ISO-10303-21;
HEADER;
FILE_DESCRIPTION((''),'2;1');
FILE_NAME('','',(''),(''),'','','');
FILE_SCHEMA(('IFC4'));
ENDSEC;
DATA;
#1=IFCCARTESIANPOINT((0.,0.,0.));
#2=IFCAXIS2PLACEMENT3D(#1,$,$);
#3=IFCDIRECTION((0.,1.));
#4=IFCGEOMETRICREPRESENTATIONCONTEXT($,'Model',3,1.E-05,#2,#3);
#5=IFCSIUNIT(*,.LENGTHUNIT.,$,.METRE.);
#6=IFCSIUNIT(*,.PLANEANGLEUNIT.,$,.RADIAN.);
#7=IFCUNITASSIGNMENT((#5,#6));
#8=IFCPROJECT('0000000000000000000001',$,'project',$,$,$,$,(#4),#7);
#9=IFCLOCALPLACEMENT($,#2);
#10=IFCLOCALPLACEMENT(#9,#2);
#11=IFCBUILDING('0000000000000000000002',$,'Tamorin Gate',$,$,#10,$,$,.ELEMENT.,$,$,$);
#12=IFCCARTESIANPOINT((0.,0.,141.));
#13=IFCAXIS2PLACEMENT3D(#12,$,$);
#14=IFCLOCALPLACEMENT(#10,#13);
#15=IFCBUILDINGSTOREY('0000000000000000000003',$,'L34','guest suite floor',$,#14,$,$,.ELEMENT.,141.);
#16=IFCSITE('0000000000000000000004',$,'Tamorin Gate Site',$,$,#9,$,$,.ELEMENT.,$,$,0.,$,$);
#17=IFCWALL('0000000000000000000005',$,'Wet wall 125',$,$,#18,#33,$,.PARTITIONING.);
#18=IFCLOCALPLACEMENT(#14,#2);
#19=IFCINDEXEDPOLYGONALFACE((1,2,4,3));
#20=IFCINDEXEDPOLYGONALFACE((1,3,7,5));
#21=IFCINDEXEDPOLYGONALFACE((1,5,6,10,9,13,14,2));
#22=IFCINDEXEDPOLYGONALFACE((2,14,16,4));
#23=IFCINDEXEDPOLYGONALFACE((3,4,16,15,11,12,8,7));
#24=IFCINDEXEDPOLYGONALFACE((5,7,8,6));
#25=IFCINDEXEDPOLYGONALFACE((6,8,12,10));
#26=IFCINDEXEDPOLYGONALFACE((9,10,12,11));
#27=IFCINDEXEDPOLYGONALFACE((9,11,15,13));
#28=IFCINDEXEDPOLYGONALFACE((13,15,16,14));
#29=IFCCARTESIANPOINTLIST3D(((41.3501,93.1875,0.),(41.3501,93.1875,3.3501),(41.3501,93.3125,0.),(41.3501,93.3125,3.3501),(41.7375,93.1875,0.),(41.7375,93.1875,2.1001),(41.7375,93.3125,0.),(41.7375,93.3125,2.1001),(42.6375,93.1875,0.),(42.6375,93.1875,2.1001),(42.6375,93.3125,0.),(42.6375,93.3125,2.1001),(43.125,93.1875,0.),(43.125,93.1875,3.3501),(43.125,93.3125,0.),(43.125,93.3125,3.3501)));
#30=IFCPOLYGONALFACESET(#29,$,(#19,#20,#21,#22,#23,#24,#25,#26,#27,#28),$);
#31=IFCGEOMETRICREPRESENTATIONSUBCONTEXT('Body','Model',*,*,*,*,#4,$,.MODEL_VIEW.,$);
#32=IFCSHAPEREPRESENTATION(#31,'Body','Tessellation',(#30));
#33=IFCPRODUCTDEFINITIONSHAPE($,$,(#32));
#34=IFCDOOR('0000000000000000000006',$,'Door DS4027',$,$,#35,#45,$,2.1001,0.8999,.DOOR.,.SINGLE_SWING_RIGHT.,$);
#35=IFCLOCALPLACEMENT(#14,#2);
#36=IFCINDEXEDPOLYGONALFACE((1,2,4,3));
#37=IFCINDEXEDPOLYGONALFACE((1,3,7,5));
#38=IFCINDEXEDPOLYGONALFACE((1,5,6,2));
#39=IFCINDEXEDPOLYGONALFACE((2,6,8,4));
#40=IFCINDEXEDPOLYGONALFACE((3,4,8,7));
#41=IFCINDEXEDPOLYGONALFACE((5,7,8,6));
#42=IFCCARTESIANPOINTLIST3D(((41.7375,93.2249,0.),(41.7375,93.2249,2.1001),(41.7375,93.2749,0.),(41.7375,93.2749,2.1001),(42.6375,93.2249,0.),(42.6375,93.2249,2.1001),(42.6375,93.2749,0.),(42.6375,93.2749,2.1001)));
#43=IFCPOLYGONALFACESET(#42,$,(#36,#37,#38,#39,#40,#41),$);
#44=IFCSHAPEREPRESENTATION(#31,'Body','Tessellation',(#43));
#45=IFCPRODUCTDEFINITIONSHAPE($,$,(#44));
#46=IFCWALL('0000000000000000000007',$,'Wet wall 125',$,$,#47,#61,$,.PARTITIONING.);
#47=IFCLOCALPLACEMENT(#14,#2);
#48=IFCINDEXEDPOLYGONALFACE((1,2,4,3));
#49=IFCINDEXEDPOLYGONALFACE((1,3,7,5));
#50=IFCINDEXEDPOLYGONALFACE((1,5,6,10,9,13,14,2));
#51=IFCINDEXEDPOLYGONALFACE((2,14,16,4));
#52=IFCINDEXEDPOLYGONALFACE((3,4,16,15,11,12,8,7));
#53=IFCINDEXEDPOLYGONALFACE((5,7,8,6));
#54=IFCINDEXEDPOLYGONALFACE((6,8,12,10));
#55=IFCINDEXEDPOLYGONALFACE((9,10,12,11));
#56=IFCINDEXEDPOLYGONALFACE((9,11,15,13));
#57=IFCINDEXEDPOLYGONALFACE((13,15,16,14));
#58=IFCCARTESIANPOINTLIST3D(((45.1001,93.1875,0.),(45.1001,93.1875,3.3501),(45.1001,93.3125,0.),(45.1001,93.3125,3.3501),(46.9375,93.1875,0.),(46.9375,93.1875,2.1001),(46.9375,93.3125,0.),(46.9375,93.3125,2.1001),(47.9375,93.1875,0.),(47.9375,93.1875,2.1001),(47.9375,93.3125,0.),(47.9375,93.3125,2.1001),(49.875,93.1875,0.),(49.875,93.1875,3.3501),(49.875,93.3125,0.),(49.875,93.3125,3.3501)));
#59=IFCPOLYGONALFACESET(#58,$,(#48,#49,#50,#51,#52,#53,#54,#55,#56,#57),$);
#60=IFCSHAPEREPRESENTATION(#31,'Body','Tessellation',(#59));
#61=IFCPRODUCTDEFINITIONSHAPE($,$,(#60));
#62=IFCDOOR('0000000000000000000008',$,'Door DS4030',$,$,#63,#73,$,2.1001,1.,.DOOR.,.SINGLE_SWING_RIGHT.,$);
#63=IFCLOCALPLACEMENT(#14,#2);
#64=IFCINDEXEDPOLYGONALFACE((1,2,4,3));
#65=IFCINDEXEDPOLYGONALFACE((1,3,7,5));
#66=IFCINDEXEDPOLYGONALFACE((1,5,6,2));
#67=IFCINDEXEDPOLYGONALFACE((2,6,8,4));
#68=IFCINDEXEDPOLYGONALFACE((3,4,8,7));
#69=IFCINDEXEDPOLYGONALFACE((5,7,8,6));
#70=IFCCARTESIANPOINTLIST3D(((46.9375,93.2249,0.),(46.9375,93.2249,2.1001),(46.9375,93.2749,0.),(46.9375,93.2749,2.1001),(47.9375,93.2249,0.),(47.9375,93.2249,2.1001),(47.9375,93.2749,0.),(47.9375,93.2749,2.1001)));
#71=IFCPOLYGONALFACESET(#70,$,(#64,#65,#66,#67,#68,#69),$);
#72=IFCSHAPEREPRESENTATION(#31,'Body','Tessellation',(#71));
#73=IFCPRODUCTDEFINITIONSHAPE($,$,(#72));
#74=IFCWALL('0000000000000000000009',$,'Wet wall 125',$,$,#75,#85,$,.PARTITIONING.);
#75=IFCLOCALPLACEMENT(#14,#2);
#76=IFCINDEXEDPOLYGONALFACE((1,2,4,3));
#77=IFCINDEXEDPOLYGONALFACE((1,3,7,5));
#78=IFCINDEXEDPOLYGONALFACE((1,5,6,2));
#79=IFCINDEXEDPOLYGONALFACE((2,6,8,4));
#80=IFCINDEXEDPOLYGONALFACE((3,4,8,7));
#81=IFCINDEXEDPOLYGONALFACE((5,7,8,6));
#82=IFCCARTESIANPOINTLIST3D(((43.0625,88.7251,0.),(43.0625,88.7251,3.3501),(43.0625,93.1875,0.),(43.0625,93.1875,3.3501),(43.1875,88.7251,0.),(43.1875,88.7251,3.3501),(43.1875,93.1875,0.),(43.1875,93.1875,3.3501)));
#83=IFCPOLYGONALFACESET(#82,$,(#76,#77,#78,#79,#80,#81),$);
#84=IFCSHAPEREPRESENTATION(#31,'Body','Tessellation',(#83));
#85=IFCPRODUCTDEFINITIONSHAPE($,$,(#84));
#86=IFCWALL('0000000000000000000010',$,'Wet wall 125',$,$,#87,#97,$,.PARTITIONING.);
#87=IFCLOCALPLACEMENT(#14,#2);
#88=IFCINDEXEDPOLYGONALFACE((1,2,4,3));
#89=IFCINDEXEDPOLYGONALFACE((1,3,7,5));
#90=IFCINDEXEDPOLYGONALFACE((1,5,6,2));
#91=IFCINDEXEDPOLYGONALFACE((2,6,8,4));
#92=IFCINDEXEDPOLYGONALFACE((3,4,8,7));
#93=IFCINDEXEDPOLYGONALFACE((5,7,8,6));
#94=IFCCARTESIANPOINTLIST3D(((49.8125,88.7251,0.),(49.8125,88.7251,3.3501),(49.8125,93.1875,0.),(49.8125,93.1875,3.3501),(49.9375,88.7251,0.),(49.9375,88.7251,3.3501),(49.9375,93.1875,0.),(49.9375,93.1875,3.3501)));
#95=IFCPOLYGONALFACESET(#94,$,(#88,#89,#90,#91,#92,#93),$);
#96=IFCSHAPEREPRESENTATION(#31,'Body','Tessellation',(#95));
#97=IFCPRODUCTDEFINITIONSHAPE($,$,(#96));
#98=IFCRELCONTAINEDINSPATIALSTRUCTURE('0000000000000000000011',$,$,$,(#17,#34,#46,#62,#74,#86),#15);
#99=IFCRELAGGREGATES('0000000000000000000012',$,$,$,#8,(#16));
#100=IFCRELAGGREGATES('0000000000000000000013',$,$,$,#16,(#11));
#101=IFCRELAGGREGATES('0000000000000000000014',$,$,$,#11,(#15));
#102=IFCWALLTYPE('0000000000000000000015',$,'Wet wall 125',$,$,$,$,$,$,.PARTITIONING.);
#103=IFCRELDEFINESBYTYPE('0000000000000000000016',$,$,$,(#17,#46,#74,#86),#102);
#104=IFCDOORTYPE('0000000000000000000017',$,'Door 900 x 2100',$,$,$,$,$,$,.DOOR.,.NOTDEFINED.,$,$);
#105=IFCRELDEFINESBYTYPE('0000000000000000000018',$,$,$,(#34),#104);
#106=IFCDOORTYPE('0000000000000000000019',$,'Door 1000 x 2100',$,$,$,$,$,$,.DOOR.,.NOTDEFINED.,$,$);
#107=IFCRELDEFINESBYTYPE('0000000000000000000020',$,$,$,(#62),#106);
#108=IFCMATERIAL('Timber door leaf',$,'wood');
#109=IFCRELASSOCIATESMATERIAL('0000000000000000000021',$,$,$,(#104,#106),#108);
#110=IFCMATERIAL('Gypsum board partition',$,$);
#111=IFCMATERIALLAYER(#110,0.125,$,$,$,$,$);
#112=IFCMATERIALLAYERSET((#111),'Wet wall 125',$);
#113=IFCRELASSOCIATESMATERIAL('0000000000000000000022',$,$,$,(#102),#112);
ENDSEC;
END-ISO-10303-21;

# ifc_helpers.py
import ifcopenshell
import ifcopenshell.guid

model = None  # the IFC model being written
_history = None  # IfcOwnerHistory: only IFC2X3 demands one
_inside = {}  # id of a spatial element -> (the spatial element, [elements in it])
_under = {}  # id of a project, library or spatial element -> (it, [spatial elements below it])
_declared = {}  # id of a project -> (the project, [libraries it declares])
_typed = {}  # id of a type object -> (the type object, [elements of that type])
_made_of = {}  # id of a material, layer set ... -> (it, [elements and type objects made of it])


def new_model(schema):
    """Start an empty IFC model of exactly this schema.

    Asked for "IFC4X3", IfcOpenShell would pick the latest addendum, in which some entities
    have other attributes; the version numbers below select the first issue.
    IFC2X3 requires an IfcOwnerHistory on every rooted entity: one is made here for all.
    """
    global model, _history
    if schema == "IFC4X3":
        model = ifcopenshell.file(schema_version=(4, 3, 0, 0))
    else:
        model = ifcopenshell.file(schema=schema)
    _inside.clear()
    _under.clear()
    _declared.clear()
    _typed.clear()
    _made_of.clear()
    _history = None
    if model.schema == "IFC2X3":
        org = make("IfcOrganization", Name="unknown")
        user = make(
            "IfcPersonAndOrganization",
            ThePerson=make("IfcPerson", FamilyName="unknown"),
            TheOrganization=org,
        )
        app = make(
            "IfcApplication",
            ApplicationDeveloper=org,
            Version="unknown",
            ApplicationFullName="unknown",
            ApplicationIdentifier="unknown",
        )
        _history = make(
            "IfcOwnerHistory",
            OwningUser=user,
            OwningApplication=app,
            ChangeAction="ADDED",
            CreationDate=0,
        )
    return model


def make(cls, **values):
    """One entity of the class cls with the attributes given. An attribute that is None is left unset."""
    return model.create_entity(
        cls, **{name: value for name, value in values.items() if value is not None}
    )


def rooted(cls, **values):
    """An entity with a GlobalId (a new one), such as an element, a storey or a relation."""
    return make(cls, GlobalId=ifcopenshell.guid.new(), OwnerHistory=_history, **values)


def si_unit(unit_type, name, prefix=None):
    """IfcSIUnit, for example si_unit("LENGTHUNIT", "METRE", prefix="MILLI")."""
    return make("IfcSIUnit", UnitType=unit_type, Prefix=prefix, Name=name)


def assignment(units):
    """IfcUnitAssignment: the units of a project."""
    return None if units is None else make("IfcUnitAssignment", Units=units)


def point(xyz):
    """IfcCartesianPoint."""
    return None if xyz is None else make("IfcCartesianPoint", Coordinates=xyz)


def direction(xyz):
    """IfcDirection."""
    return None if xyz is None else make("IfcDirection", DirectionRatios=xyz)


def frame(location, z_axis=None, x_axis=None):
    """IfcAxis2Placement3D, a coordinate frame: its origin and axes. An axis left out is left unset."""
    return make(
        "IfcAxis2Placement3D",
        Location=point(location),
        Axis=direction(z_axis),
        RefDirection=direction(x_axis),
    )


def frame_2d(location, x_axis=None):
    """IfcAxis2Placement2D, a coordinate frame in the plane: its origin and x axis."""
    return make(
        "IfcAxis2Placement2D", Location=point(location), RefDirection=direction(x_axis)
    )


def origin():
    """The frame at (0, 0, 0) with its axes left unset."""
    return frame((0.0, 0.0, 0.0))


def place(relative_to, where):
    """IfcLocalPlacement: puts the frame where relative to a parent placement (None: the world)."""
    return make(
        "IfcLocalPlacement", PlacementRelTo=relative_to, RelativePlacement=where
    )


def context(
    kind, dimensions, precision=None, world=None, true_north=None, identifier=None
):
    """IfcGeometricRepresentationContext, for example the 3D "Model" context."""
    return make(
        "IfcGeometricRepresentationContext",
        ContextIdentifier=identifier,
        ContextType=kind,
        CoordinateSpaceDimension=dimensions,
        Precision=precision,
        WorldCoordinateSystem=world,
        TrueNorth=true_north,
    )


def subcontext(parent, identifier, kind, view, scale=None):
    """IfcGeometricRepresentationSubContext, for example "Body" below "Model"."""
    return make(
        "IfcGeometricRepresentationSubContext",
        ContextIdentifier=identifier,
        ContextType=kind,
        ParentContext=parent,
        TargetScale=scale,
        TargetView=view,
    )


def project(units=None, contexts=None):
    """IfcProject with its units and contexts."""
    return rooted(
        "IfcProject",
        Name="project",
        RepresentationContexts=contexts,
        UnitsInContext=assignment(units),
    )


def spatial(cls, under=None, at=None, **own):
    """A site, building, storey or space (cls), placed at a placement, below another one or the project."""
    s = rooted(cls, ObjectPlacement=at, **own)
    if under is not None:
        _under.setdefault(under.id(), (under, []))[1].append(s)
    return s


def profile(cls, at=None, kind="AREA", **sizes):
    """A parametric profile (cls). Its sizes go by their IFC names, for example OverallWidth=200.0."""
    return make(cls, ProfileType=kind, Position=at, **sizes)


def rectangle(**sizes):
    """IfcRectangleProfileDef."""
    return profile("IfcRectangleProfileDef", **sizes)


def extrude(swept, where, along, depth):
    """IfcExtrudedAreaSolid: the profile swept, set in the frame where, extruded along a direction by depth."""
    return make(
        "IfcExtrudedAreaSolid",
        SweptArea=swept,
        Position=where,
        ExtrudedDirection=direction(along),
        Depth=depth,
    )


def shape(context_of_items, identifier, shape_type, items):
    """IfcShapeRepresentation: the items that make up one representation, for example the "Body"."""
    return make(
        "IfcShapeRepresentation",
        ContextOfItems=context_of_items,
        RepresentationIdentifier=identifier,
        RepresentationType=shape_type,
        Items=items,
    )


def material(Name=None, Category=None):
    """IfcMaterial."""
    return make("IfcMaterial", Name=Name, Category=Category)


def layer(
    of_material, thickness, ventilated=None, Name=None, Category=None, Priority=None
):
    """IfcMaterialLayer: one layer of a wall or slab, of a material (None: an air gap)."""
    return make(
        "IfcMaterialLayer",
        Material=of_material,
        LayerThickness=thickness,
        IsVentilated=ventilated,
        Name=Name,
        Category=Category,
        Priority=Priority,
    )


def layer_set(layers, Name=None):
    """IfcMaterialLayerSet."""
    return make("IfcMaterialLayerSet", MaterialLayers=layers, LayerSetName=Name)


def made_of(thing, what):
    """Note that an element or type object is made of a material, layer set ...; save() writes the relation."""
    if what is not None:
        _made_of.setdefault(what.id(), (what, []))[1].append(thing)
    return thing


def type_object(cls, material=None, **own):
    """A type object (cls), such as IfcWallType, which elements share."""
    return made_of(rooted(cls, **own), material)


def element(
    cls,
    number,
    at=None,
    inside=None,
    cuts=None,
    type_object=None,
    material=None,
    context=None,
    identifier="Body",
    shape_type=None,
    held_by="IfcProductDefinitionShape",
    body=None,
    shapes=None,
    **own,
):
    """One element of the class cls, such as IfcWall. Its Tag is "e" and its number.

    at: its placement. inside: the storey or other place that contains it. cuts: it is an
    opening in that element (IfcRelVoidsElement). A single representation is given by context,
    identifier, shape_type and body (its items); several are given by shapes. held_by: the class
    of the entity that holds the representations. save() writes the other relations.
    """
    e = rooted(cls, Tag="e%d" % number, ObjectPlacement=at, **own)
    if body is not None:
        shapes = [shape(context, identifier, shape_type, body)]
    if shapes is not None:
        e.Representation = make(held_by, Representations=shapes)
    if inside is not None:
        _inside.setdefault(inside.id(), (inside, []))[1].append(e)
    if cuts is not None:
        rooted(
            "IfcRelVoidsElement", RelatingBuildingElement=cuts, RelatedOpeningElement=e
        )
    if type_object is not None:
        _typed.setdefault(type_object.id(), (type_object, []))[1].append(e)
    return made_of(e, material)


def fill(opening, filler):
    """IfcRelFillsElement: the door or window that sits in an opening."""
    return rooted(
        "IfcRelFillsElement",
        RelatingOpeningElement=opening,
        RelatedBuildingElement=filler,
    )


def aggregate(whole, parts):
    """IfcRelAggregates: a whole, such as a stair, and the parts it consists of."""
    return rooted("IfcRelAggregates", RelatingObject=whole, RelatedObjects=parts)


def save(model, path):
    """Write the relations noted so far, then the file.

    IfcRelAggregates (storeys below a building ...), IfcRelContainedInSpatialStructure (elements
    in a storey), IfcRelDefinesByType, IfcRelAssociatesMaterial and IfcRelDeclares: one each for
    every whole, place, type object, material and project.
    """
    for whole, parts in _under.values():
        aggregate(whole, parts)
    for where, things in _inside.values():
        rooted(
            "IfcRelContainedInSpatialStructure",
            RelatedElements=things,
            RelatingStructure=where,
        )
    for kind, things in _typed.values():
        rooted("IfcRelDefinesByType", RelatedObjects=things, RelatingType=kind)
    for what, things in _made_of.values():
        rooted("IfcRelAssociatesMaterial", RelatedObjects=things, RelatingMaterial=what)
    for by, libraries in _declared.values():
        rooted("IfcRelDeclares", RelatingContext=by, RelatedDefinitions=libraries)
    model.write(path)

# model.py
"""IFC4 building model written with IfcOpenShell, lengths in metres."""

from ifc_helpers import new_model, si_unit, direction, frame, frame_2d, origin, place, context, subcontext, project, spatial, rectangle, extrude, material, layer, layer_set, type_object, element, fill, save


model = new_model("IFC4")

# Units and contexts
model_context = context("Model", 3, precision=1e-05, world=origin(), true_north=direction((0.0, 1.0)))
body_context = subcontext(model_context, "Body", "Model", "MODEL_VIEW")
ifc_project = project(units=[si_unit("LENGTHUNIT", "METRE"), si_unit("PLANEANGLEUNIT", "RADIAN")], contexts=[model_context])

# Site, building, storey
site_placement = place(None, origin())
site = spatial("IfcSite", under=ifc_project, at=site_placement, Name="Tamorin Gate Site", CompositionType="ELEMENT", RefElevation=0.0)
building_placement = place(site_placement, origin())
building = spatial("IfcBuilding", under=site, at=building_placement, Name="Tamorin Gate", CompositionType="ELEMENT")
storey_placement = place(building_placement, frame((0.0, 0.0, 141.0)))
storey = spatial("IfcBuildingStorey", under=building, at=storey_placement, Name="L34", Description="guest suite floor", CompositionType="ELEMENT", Elevation=141.0)

# Shared definitions
ifc_material_1 = material(Name="Gypsum board partition")

# Walls, openings, doors
ifc_material_2 = material(Name="Timber door leaf", Category="wood")
door_type_1 = type_object("IfcDoorType", Name="Door 900 x 2100", OperationType="NOTDEFINED", PredefinedType="DOOR", material=ifc_material_2)
ifc_layer_1 = layer(ifc_material_1, 0.125)
ifc_layer_set_1 = layer_set([ifc_layer_1], Name="Wet wall 125")
wall_type_1 = type_object("IfcWallType", Name="Wet wall 125", PredefinedType="PARTITIONING", material=ifc_layer_set_1)
wall_1_placement = place(storey_placement, frame((41.3501, 93.25, 0.0), z_axis=(0.0, 0.0, 1.0), x_axis=(1.0, 0.0, 0.0)))
wall_1 = element("IfcWall", 1, at=wall_1_placement, inside=storey, type_object=wall_type_1, Name="Wet wall 125", PredefinedType="PARTITIONING", context=body_context, shape_type="SweptSolid", body=[
    extrude(rectangle(XDim=1.7749, YDim=0.125, at=frame_2d((0.8875, 0.0))), origin(), (0.0, 0.0, 1.0), 3.3501),
])
opening_1_placement = place(wall_1_placement, frame((0.3875, 0.0, 0.0)))
opening_1 = element("IfcOpeningElement", 2, at=opening_1_placement, cuts=wall_1, PredefinedType="OPENING", context=body_context, shape_type="SweptSolid", body=[
    extrude(rectangle(XDim=0.8999, YDim=2.1001, at=frame_2d((0.45, 1.05))), frame((0.0, 0.0725, 0.0), z_axis=(0.0, -1.0, 0.0), x_axis=(1.0, 0.0, 0.0)), (0.0, 0.0, 1.0), 0.145),
])
door_1_placement = place(opening_1_placement, origin())
door_1 = element("IfcDoor", 3, at=door_1_placement, inside=storey, type_object=door_type_1, Name="Door DS4027", OperationType="SINGLE_SWING_RIGHT", OverallHeight=2.1001, OverallWidth=0.8999, PredefinedType="DOOR", context=body_context, shape_type="SweptSolid", body=[
    extrude(rectangle(XDim=0.8999, YDim=2.1001, at=frame_2d((0.45, 1.05))), frame((0.0, 0.0249, 0.0), z_axis=(0.0, -1.0, 0.0), x_axis=(1.0, 0.0, 0.0)), (0.0, 0.0, 1.0), 0.05),
])
fill(opening_1, door_1)
wall_2_placement = place(storey_placement, frame((45.1001, 93.25, 0.0), z_axis=(0.0, 0.0, 1.0), x_axis=(1.0, 0.0, 0.0)))
wall_2 = element("IfcWall", 4, at=wall_2_placement, inside=storey, type_object=wall_type_1, Name="Wet wall 125", PredefinedType="PARTITIONING", context=body_context, shape_type="SweptSolid", body=[
    extrude(rectangle(XDim=4.7749, YDim=0.125, at=frame_2d((2.3875, 0.0))), origin(), (0.0, 0.0, 1.0), 3.3501),
])
opening_2_placement = place(wall_2_placement, frame((1.8374, 0.0, 0.0)))
opening_2 = element("IfcOpeningElement", 5, at=opening_2_placement, cuts=wall_2, PredefinedType="OPENING", context=body_context, shape_type="SweptSolid", body=[
    extrude(rectangle(XDim=1.0, YDim=2.1001, at=frame_2d((0.5, 1.05))), frame((0.0, 0.0725, 0.0), z_axis=(0.0, -1.0, 0.0), x_axis=(1.0, 0.0, 0.0)), (0.0, 0.0, 1.0), 0.145),
])
door_type_2 = type_object("IfcDoorType", Name="Door 1000 x 2100", OperationType="NOTDEFINED", PredefinedType="DOOR", material=ifc_material_2)
door_2_placement = place(opening_2_placement, origin())
door_2 = element("IfcDoor", 6, at=door_2_placement, inside=storey, type_object=door_type_2, Name="Door DS4030", OperationType="SINGLE_SWING_RIGHT", OverallHeight=2.1001, OverallWidth=1.0, PredefinedType="DOOR", context=body_context, shape_type="SweptSolid", body=[
    extrude(rectangle(XDim=1.0, YDim=2.1001, at=frame_2d((0.5, 1.05))), frame((0.0, 0.0249, 0.0), z_axis=(0.0, -1.0, 0.0), x_axis=(1.0, 0.0, 0.0)), (0.0, 0.0, 1.0), 0.05),
])
fill(opening_2, door_2)

# Walls
for number, where, z_axis, x_axis, name in (
    (7, (43.125, 88.7251, 0.0), (0.0, 0.0, 1.0), (0.0, 1.0, 0.0), "Wet wall 125"),
    (8, (49.875, 88.7251, 0.0), (0.0, 0.0, 1.0), (0.0, 1.0, 0.0), "Wet wall 125"),
):
    element("IfcWall", number, at=place(storey_placement, frame(where, z_axis=z_axis, x_axis=x_axis)), inside=storey, type_object=wall_type_1, Name=name, PredefinedType="PARTITIONING", context=body_context, shape_type="SweptSolid", body=[
        extrude(rectangle(XDim=4.4624, YDim=0.125, at=frame_2d((2.2312, 0.0))), origin(), (0.0, 0.0, 1.0), 3.3501),
    ])

save(model, "model.ifc")
